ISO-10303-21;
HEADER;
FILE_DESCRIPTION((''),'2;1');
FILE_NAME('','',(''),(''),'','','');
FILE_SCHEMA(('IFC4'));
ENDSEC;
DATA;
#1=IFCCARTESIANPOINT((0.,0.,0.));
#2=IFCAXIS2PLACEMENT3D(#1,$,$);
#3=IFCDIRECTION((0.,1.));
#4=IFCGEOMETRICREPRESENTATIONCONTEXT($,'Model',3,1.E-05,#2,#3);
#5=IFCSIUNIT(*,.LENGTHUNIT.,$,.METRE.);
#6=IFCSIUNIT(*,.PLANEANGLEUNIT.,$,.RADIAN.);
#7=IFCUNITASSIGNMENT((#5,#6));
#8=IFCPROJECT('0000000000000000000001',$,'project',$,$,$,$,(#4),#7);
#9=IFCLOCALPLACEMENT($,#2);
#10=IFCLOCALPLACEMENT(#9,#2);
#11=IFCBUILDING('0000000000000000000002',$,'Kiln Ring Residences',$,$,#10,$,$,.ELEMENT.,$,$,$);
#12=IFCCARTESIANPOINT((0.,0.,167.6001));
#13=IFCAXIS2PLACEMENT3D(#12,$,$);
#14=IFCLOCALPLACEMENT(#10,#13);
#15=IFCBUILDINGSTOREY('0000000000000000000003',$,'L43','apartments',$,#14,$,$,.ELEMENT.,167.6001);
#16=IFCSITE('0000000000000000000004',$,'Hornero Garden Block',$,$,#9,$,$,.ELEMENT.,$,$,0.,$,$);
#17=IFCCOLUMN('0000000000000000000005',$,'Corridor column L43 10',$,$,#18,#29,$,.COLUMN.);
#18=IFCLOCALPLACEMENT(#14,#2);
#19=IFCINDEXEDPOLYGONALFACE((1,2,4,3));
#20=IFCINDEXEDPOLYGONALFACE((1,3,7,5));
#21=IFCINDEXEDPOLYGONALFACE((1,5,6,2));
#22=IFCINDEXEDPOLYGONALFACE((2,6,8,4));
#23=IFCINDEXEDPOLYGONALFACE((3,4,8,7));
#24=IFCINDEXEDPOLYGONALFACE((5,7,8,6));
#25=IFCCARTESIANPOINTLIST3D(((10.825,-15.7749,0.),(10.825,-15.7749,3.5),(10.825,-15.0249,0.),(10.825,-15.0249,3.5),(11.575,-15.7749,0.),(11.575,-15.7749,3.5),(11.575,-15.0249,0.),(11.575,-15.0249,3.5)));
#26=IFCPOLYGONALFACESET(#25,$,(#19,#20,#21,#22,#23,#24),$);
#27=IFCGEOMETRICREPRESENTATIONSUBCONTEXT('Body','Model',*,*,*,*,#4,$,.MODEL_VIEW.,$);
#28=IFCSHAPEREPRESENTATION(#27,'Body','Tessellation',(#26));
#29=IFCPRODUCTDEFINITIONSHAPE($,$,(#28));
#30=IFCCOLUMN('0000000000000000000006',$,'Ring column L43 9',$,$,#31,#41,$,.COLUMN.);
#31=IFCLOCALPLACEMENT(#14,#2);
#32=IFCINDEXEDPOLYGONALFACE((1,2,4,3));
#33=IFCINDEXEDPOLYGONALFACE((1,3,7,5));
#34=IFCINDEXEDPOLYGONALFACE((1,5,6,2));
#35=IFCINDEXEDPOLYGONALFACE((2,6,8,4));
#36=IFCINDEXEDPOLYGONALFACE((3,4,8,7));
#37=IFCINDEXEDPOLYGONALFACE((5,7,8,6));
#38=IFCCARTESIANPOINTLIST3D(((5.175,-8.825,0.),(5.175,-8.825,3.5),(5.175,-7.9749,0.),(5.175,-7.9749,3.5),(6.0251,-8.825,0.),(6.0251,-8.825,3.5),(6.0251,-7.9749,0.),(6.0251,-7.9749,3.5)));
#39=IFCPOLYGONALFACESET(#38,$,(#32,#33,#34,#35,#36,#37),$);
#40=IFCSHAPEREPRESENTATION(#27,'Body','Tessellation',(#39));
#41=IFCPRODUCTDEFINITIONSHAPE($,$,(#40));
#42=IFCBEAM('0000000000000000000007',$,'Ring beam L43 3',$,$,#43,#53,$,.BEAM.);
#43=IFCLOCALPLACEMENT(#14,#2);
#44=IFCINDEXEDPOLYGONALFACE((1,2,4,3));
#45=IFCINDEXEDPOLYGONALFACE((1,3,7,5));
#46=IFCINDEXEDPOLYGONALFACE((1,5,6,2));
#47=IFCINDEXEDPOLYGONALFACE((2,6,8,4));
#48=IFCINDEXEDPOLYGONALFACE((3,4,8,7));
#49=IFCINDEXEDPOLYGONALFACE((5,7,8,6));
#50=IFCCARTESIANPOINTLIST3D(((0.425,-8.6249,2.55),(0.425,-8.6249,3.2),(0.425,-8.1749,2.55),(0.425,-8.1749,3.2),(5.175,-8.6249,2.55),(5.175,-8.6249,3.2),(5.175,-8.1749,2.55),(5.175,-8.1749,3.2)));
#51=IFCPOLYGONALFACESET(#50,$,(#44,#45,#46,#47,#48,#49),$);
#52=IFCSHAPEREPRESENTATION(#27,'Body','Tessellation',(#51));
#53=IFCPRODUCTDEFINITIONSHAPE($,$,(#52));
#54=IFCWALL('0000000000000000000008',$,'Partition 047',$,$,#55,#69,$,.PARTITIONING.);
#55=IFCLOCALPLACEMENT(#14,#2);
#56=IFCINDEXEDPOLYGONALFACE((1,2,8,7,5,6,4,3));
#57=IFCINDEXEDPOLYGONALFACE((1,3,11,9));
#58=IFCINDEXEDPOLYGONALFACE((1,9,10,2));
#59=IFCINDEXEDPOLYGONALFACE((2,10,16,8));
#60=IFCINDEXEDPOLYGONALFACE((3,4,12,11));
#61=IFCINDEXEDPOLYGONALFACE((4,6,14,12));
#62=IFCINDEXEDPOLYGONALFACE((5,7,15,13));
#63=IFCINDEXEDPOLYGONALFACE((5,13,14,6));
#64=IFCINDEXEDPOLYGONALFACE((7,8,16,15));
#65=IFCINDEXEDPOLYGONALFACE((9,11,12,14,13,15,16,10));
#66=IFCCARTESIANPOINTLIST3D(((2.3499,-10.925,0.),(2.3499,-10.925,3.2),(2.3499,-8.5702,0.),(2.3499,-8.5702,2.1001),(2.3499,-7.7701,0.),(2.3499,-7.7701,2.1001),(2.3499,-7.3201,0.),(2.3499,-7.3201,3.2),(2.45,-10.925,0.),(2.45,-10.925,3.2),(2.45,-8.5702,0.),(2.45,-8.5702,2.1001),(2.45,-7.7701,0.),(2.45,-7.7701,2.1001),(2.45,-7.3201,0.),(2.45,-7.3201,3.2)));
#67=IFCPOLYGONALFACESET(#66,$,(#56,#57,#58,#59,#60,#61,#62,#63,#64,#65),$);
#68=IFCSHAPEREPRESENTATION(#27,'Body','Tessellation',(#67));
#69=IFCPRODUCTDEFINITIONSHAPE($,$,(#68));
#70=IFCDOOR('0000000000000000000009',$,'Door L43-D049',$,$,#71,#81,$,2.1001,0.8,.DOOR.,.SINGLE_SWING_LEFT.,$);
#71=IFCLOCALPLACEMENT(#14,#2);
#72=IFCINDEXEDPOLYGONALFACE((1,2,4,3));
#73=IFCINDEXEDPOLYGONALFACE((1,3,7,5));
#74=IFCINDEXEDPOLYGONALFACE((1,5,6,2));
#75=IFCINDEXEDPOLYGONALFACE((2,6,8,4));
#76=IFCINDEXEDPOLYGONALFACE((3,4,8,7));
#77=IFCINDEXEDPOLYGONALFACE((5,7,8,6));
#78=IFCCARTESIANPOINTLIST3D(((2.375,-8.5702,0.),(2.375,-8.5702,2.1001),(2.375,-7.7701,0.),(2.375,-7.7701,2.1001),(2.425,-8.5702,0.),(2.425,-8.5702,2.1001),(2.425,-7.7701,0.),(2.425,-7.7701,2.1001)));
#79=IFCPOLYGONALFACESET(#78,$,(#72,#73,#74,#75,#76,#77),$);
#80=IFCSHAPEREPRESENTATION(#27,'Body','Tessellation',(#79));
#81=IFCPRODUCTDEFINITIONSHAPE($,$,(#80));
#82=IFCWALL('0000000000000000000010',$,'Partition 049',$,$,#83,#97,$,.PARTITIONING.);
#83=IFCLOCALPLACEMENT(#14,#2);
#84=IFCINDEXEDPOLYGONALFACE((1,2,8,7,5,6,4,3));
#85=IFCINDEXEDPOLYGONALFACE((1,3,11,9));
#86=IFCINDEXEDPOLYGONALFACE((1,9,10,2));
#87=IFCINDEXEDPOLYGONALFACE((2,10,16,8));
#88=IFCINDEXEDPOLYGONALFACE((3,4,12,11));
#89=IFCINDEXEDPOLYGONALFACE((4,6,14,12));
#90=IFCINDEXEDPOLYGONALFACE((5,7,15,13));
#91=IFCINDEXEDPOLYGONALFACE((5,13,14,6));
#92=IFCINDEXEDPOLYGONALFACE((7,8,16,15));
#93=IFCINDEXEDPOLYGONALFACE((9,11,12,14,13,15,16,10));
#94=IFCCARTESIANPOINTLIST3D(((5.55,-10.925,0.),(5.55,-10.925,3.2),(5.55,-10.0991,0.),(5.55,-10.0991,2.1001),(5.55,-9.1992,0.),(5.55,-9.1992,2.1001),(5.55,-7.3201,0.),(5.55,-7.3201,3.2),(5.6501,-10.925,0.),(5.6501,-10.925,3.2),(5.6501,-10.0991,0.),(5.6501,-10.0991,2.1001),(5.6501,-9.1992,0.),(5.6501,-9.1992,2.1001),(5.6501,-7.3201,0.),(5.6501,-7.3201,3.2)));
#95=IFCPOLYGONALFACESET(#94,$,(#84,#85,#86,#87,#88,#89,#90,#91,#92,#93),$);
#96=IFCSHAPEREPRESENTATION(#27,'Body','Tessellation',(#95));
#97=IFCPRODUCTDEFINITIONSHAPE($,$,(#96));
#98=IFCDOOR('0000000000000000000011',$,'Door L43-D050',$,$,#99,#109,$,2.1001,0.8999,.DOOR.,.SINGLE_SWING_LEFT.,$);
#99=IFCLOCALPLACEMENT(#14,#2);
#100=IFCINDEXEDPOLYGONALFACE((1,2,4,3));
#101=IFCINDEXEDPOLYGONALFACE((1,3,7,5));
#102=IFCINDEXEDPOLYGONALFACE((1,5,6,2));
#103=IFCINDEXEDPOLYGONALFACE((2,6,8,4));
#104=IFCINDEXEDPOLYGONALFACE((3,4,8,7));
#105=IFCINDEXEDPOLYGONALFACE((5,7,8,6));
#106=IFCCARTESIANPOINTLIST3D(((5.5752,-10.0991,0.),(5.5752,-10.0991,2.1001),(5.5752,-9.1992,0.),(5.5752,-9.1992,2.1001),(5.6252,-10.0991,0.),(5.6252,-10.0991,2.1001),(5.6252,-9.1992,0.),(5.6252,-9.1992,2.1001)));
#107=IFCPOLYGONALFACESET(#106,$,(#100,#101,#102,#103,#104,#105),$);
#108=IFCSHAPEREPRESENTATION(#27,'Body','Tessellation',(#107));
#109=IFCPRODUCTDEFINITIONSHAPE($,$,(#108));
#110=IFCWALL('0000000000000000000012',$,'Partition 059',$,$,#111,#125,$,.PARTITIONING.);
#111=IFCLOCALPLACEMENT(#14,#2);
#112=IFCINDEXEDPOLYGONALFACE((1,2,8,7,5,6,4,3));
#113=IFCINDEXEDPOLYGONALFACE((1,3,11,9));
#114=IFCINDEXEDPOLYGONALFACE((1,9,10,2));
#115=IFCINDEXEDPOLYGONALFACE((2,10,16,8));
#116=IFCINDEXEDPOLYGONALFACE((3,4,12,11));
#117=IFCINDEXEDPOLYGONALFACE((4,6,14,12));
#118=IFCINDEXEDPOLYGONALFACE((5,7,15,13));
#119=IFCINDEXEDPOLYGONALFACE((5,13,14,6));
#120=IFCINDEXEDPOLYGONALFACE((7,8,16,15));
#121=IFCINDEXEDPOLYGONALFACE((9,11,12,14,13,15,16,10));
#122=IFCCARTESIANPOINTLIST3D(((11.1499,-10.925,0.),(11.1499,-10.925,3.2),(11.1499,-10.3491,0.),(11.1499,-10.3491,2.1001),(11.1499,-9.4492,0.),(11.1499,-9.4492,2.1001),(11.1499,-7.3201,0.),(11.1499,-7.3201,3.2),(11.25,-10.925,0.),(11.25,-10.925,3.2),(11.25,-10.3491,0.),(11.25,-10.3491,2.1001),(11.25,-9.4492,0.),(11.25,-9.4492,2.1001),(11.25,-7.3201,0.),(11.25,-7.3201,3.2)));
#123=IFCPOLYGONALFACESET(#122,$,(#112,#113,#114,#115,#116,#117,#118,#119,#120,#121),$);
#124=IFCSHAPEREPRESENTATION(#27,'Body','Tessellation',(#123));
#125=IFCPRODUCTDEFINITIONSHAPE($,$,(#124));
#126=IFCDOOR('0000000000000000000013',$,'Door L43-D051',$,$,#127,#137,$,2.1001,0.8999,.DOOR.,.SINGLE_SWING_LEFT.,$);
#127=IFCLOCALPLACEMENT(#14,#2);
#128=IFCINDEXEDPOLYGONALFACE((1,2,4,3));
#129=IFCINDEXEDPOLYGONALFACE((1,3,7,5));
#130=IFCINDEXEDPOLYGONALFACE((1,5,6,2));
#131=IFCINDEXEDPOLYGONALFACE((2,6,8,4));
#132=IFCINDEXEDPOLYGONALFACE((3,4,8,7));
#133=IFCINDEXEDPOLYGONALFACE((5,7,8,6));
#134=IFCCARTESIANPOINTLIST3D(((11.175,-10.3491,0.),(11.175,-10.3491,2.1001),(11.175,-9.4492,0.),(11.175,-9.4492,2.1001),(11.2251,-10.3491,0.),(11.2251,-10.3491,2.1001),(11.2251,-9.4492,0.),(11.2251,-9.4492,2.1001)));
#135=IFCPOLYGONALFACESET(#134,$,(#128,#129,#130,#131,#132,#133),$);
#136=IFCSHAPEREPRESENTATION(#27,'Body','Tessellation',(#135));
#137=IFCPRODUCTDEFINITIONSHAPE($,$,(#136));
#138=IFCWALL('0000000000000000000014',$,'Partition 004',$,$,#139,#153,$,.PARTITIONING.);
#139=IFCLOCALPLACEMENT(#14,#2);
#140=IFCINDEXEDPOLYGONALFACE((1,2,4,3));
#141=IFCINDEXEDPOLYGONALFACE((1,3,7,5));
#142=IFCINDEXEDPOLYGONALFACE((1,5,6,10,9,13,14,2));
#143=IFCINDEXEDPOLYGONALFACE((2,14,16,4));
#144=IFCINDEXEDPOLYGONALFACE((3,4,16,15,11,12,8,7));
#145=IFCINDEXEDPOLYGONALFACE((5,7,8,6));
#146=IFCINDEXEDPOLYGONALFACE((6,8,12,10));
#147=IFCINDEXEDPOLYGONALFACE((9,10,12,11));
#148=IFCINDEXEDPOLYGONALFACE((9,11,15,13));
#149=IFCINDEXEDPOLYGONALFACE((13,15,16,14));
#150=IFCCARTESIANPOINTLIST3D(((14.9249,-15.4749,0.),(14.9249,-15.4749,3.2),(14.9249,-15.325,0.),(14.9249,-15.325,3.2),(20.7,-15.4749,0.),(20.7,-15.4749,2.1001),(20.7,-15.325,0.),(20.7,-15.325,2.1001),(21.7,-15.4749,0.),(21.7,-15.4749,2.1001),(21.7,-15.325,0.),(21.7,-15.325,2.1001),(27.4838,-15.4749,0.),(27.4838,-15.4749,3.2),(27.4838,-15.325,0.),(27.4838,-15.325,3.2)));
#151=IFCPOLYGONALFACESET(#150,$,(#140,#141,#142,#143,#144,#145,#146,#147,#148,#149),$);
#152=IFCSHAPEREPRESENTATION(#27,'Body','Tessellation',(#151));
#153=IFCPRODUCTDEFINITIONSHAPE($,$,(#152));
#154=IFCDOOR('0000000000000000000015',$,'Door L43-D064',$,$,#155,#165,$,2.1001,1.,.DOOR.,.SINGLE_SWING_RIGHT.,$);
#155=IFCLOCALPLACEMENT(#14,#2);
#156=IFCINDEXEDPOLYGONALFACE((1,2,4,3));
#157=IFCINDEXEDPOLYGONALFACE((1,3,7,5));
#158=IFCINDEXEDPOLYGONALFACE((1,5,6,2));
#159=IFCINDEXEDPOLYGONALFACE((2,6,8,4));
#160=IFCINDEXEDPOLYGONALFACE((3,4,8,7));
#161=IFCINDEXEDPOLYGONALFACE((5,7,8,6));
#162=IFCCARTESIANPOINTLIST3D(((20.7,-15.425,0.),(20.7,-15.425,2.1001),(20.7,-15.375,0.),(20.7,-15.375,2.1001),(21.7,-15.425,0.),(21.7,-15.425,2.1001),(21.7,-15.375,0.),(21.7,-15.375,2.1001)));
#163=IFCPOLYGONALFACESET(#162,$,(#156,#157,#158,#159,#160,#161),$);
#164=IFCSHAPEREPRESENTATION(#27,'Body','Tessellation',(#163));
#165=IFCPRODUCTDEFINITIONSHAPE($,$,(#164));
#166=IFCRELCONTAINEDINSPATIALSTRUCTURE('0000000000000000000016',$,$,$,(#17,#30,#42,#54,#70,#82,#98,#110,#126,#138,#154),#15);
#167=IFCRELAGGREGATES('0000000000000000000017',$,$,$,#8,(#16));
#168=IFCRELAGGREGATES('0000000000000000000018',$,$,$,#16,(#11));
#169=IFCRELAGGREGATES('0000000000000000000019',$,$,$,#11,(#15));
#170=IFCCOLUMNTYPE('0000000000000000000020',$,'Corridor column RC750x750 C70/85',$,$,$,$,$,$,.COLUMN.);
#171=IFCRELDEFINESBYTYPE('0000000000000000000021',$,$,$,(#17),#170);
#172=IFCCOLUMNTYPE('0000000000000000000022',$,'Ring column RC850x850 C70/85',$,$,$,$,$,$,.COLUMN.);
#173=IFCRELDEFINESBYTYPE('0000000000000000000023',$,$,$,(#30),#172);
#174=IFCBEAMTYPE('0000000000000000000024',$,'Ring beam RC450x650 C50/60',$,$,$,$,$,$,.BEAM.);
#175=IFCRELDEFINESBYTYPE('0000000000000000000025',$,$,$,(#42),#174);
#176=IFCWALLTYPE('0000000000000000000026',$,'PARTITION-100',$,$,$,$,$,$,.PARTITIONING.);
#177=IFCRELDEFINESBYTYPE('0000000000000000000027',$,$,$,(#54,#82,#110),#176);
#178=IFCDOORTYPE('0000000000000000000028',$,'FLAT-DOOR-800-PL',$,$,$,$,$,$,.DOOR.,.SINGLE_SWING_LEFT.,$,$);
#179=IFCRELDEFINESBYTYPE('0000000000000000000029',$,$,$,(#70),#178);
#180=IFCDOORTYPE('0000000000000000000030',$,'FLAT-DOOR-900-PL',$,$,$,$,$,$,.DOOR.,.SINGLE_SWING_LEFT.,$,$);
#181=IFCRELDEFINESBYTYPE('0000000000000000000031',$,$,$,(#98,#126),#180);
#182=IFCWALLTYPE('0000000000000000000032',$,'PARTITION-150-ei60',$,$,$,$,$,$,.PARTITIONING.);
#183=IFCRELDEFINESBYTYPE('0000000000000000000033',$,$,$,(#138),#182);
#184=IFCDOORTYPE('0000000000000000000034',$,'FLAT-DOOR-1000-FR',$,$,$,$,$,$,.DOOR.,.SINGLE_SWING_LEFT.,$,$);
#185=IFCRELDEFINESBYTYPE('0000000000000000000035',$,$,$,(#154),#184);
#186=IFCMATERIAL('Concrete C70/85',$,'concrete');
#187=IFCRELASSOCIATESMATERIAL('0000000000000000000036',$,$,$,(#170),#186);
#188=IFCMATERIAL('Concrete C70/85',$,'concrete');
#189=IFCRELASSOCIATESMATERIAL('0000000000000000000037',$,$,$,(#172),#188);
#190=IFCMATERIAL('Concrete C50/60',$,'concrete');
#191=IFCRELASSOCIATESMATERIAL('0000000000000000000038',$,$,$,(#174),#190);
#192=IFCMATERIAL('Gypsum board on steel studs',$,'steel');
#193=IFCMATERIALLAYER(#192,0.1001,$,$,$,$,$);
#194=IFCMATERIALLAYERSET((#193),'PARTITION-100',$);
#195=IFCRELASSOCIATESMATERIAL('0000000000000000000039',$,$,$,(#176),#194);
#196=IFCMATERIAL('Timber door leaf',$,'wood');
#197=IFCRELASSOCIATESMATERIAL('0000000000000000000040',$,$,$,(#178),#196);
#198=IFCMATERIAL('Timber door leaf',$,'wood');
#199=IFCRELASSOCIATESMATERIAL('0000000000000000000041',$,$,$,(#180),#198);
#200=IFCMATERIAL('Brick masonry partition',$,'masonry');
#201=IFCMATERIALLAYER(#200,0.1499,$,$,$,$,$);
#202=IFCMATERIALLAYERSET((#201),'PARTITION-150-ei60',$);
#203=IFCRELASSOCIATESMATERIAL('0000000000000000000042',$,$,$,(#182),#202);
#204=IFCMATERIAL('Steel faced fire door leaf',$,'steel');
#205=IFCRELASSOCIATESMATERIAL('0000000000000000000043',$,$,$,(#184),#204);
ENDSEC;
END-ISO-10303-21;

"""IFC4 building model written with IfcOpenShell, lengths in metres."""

from ifc_helpers import new_model, si_unit, direction, frame, frame_2d, origin, origin_2d, place, context, subcontext, project, spatial, rectangle, extrude, material, layer, layer_set, material_profile, profile_set, type_object, element, fill, save


model = new_model("IFC4")

# Units and contexts
model_context = context("Model", 3, precision=1e-05, world=origin(), true_north=direction((0.0, 1.0)))
body_context = subcontext(model_context, "Body", "Model", "MODEL_VIEW")
ifc_project = project(units=[si_unit("LENGTHUNIT", "METRE"), si_unit("PLANEANGLEUNIT", "RADIAN")], contexts=[model_context])

# Site, building, storey
site_placement = place(None, origin())
site = spatial("IfcSite", under=ifc_project, at=site_placement, Name="Hornero Garden Block", CompositionType="ELEMENT", RefElevation=0.0)
building_placement = place(site_placement, origin())
building = spatial("IfcBuilding", under=site, at=building_placement, Name="Kiln Ring Residences", CompositionType="ELEMENT")
storey_placement = place(building_placement, frame((0.0, 0.0, 167.6001)))
storey = spatial("IfcBuildingStorey", under=building, at=storey_placement, Name="L43", Description="apartments", CompositionType="ELEMENT", Elevation=167.6001)

# Columns
ifc_material_1 = material(Name="Concrete C70/85", Category="concrete")
ifc_material_profile_1 = material_profile(ifc_material_1, rectangle(XDim=0.75, YDim=0.75, at=origin_2d()), Name="RC750x750")
ifc_profile_set_1 = profile_set([ifc_material_profile_1], Name="Concrete C70/85")
column_type_1 = type_object("IfcColumnType", Name="Corridor column RC750x750 C70/85", PredefinedType="COLUMN", material=ifc_profile_set_1)
column_1_placement = place(storey_placement, frame((11.2, -15.3999, 0.0), z_axis=(0.0, 0.0, 1.0), x_axis=(1.0, 0.0, 0.0)))
element("IfcColumn", 1, at=column_1_placement, inside=storey, type_object=column_type_1, Name="Corridor column L43 10", PredefinedType="COLUMN", context=body_context, shape_type="SweptSolid", body=[
    extrude(rectangle(XDim=0.75, YDim=0.75, at=origin_2d()), origin(), (0.0, 0.0, 1.0), 3.5),
])
ifc_material_2 = material(Name="Concrete C70/85", Category="concrete")
ifc_material_profile_2 = material_profile(ifc_material_2, rectangle(XDim=0.8501, YDim=0.8501, at=origin_2d()), Name="RC850x850")
ifc_profile_set_2 = profile_set([ifc_material_profile_2], Name="Concrete C70/85")
column_type_2 = type_object("IfcColumnType", Name="Ring column RC850x850 C70/85", PredefinedType="COLUMN", material=ifc_profile_set_2)
column_2_placement = place(storey_placement, frame((5.6001, -8.3999, 0.0), z_axis=(0.0, 0.0, 1.0), x_axis=(1.0, 0.0, 0.0)))
element("IfcColumn", 2, at=column_2_placement, inside=storey, type_object=column_type_2, Name="Ring column L43 9", PredefinedType="COLUMN", context=body_context, shape_type="SweptSolid", body=[
    extrude(rectangle(XDim=0.8501, YDim=0.8501, at=origin_2d()), origin(), (0.0, 0.0, 1.0), 3.5),
])

# Beam
ifc_material_3 = material(Name="Concrete C50/60", Category="concrete")
ifc_material_profile_3 = material_profile(ifc_material_3, rectangle(XDim=0.45, YDim=0.6499, at=origin_2d()), Name="RC450x650")
ifc_profile_set_3 = profile_set([ifc_material_profile_3], Name="Concrete C50/60")
beam_type = type_object("IfcBeamType", Name="Ring beam RC450x650 C50/60", PredefinedType="BEAM", material=ifc_profile_set_3)
beam_placement = place(storey_placement, frame((0.425, -8.3999, 2.875), z_axis=(1.0, 0.0, 0.0), x_axis=(0.0, 1.0, 0.0)))
element("IfcBeam", 3, at=beam_placement, inside=storey, type_object=beam_type, Name="Ring beam L43 3", PredefinedType="BEAM", context=body_context, shape_type="SweptSolid", body=[
    extrude(rectangle(XDim=0.45, YDim=0.6499, at=origin_2d()), origin(), (0.0, 0.0, 1.0), 4.75),
])

# Walls, openings, doors
ifc_material_4 = material(Name="Gypsum board on steel studs", Category="steel")
ifc_layer_1 = layer(ifc_material_4, 0.1001)
ifc_layer_set_1 = layer_set([ifc_layer_1], Name="PARTITION-100")
wall_type_1 = type_object("IfcWallType", Name="PARTITION-100", PredefinedType="PARTITIONING", material=ifc_layer_set_1)
wall_1_placement = place(storey_placement, frame((2.3999, -10.925, 0.0), z_axis=(0.0, 0.0, 1.0), x_axis=(0.0, 1.0, 0.0)))
wall_1 = element("IfcWall", 4, at=wall_1_placement, inside=storey, type_object=wall_type_1, Name="Partition 047", PredefinedType="PARTITIONING", context=body_context, shape_type="SweptSolid", body=[
    extrude(rectangle(XDim=3.605, YDim=0.1001, at=frame_2d((1.8025, 0.0))), origin(), (0.0, 0.0, 1.0), 3.2),
])
opening_1_placement = place(wall_1_placement, frame((2.355, 0.0, 0.0)))
opening_1 = element("IfcOpeningElement", 5, at=opening_1_placement, cuts=wall_1, PredefinedType="OPENING", context=body_context, shape_type="SweptSolid", body=[
    extrude(rectangle(XDim=0.8, YDim=2.1001, at=frame_2d((0.3999, 1.05))), frame((0.0, 0.0601, 0.0), z_axis=(0.0, -1.0, 0.0), x_axis=(1.0, 0.0, 0.0)), (0.0, 0.0, 1.0), 0.1201),
])
ifc_material_5 = material(Name="Timber door leaf", Category="wood")
door_type_1 = type_object("IfcDoorType", Name="FLAT-DOOR-800-PL", OperationType="SINGLE_SWING_LEFT", PredefinedType="DOOR", material=ifc_material_5)
door_1_placement = place(opening_1_placement, origin())
door_1 = element("IfcDoor", 6, at=door_1_placement, inside=storey, type_object=door_type_1, Name="Door L43-D049", OperationType="SINGLE_SWING_LEFT", OverallHeight=2.1001, OverallWidth=0.8, PredefinedType="DOOR", context=body_context, shape_type="SweptSolid", body=[
    extrude(rectangle(XDim=0.8, YDim=2.1001, at=frame_2d((0.3999, 1.05))), frame((0.0, 0.0249, 0.0), z_axis=(0.0, -1.0, 0.0), x_axis=(1.0, 0.0, 0.0)), (0.0, 0.0, 1.0), 0.05),
])
fill(opening_1, door_1)
wall_2_placement = place(storey_placement, frame((5.6001, -10.925, 0.0), z_axis=(0.0, 0.0, 1.0), x_axis=(0.0, 1.0, 0.0)))
wall_2 = element("IfcWall", 7, at=wall_2_placement, inside=storey, type_object=wall_type_1, Name="Partition 049", PredefinedType="PARTITIONING", context=body_context, shape_type="SweptSolid", body=[
    extrude(rectangle(XDim=3.605, YDim=0.1001, at=frame_2d((1.8025, 0.0))), origin(), (0.0, 0.0, 1.0), 3.2),
])
opening_2_placement = place(wall_2_placement, frame((0.8259, 0.0, 0.0)))
opening_2 = element("IfcOpeningElement", 8, at=opening_2_placement, cuts=wall_2, PredefinedType="OPENING", context=body_context, shape_type="SweptSolid", body=[
    extrude(rectangle(XDim=0.8999, YDim=2.1001, at=frame_2d((0.45, 1.05))), frame((0.0, 0.0601, 0.0), z_axis=(0.0, -1.0, 0.0), x_axis=(1.0, 0.0, 0.0)), (0.0, 0.0, 1.0), 0.1201),
])
ifc_material_6 = material(Name="Timber door leaf", Category="wood")
door_type_2 = type_object("IfcDoorType", Name="FLAT-DOOR-900-PL", OperationType="SINGLE_SWING_LEFT", PredefinedType="DOOR", material=ifc_material_6)
door_2_placement = place(opening_2_placement, origin())
door_2 = element("IfcDoor", 9, at=door_2_placement, inside=storey, type_object=door_type_2, Name="Door L43-D050", OperationType="SINGLE_SWING_LEFT", OverallHeight=2.1001, OverallWidth=0.8999, PredefinedType="DOOR", context=body_context, shape_type="SweptSolid", body=[
    extrude(rectangle(XDim=0.8999, YDim=2.1001, at=frame_2d((0.45, 1.05))), frame((0.0, 0.0249, 0.0), z_axis=(0.0, -1.0, 0.0), x_axis=(1.0, 0.0, 0.0)), (0.0, 0.0, 1.0), 0.05),
])
fill(opening_2, door_2)
wall_3_placement = place(storey_placement, frame((11.2, -10.925, 0.0), z_axis=(0.0, 0.0, 1.0), x_axis=(0.0, 1.0, 0.0)))
wall_3 = element("IfcWall", 10, at=wall_3_placement, inside=storey, type_object=wall_type_1, Name="Partition 059", PredefinedType="PARTITIONING", context=body_context, shape_type="SweptSolid", body=[
    extrude(rectangle(XDim=3.605, YDim=0.1001, at=frame_2d((1.8025, 0.0))), origin(), (0.0, 0.0, 1.0), 3.2),
])
opening_3_placement = place(wall_3_placement, frame((0.5759, 0.0, 0.0)))
opening_3 = element("IfcOpeningElement", 11, at=opening_3_placement, cuts=wall_3, PredefinedType="OPENING", context=body_context, shape_type="SweptSolid", body=[
    extrude(rectangle(XDim=0.8999, YDim=2.1001, at=frame_2d((0.45, 1.05))), frame((0.0, 0.0601, 0.0), z_axis=(0.0, -1.0, 0.0), x_axis=(1.0, 0.0, 0.0)), (0.0, 0.0, 1.0), 0.1201),
])
door_3_placement = place(opening_3_placement, origin())
door_3 = element("IfcDoor", 12, at=door_3_placement, inside=storey, type_object=door_type_2, Name="Door L43-D051", OperationType="SINGLE_SWING_LEFT", OverallHeight=2.1001, OverallWidth=0.8999, PredefinedType="DOOR", context=body_context, shape_type="SweptSolid", body=[
    extrude(rectangle(XDim=0.8999, YDim=2.1001, at=frame_2d((0.45, 1.05))), frame((0.0, 0.0249, 0.0), z_axis=(0.0, -1.0, 0.0), x_axis=(1.0, 0.0, 0.0)), (0.0, 0.0, 1.0), 0.05),
])
fill(opening_3, door_3)
ifc_material_7 = material(Name="Brick masonry partition", Category="masonry")
ifc_layer_2 = layer(ifc_material_7, 0.1499)
ifc_layer_set_2 = layer_set([ifc_layer_2], Name="PARTITION-150-ei60")
wall_type_2 = type_object("IfcWallType", Name="PARTITION-150-ei60", PredefinedType="PARTITIONING", material=ifc_layer_set_2)
wall_4_placement = place(storey_placement, frame((14.925, -15.3999, 0.0), z_axis=(0.0, 0.0, 1.0), x_axis=(1.0, 0.0, 0.0)))
wall_4 = element("IfcWall", 13, at=wall_4_placement, inside=storey, type_object=wall_type_2, Name="Partition 004", PredefinedType="PARTITIONING", context=body_context, shape_type="SweptSolid", body=[
    extrude(rectangle(XDim=12.5588, YDim=0.1499, at=frame_2d((6.2793, 0.0))), origin(), (0.0, 0.0, 1.0), 3.2),
])
opening_4_placement = place(wall_4_placement, frame((5.7749, 0.0, 0.0)))
opening_4 = element("IfcOpeningElement", 14, at=opening_4_placement, cuts=wall_4, PredefinedType="OPENING", context=body_context, shape_type="SweptSolid", body=[
    extrude(rectangle(XDim=1.0, YDim=2.1001, at=frame_2d((0.5, 1.05))), frame((0.0, 0.085, 0.0), z_axis=(0.0, -1.0, 0.0), x_axis=(1.0, 0.0, 0.0)), (0.0, 0.0, 1.0), 0.1699),
])
ifc_material_8 = material(Name="Steel faced fire door leaf", Category="steel")
door_type_3 = type_object("IfcDoorType", Name="FLAT-DOOR-1000-FR", OperationType="SINGLE_SWING_LEFT", PredefinedType="DOOR", material=ifc_material_8)
door_4_placement = place(opening_4_placement, origin())
door_4 = element("IfcDoor", 15, at=door_4_placement, inside=storey, type_object=door_type_3, Name="Door L43-D064", OperationType="SINGLE_SWING_RIGHT", OverallHeight=2.1001, OverallWidth=1.0, PredefinedType="DOOR", context=body_context, shape_type="SweptSolid", body=[
    extrude(rectangle(XDim=1.0, YDim=2.1001, at=frame_2d((0.5, 1.05))), frame((0.0, 0.0249, 0.0), z_axis=(0.0, -1.0, 0.0), x_axis=(1.0, 0.0, 0.0)), (0.0, 0.0, 1.0), 0.05),
])
fill(opening_4, door_4)

save(model, "model.ifc")
